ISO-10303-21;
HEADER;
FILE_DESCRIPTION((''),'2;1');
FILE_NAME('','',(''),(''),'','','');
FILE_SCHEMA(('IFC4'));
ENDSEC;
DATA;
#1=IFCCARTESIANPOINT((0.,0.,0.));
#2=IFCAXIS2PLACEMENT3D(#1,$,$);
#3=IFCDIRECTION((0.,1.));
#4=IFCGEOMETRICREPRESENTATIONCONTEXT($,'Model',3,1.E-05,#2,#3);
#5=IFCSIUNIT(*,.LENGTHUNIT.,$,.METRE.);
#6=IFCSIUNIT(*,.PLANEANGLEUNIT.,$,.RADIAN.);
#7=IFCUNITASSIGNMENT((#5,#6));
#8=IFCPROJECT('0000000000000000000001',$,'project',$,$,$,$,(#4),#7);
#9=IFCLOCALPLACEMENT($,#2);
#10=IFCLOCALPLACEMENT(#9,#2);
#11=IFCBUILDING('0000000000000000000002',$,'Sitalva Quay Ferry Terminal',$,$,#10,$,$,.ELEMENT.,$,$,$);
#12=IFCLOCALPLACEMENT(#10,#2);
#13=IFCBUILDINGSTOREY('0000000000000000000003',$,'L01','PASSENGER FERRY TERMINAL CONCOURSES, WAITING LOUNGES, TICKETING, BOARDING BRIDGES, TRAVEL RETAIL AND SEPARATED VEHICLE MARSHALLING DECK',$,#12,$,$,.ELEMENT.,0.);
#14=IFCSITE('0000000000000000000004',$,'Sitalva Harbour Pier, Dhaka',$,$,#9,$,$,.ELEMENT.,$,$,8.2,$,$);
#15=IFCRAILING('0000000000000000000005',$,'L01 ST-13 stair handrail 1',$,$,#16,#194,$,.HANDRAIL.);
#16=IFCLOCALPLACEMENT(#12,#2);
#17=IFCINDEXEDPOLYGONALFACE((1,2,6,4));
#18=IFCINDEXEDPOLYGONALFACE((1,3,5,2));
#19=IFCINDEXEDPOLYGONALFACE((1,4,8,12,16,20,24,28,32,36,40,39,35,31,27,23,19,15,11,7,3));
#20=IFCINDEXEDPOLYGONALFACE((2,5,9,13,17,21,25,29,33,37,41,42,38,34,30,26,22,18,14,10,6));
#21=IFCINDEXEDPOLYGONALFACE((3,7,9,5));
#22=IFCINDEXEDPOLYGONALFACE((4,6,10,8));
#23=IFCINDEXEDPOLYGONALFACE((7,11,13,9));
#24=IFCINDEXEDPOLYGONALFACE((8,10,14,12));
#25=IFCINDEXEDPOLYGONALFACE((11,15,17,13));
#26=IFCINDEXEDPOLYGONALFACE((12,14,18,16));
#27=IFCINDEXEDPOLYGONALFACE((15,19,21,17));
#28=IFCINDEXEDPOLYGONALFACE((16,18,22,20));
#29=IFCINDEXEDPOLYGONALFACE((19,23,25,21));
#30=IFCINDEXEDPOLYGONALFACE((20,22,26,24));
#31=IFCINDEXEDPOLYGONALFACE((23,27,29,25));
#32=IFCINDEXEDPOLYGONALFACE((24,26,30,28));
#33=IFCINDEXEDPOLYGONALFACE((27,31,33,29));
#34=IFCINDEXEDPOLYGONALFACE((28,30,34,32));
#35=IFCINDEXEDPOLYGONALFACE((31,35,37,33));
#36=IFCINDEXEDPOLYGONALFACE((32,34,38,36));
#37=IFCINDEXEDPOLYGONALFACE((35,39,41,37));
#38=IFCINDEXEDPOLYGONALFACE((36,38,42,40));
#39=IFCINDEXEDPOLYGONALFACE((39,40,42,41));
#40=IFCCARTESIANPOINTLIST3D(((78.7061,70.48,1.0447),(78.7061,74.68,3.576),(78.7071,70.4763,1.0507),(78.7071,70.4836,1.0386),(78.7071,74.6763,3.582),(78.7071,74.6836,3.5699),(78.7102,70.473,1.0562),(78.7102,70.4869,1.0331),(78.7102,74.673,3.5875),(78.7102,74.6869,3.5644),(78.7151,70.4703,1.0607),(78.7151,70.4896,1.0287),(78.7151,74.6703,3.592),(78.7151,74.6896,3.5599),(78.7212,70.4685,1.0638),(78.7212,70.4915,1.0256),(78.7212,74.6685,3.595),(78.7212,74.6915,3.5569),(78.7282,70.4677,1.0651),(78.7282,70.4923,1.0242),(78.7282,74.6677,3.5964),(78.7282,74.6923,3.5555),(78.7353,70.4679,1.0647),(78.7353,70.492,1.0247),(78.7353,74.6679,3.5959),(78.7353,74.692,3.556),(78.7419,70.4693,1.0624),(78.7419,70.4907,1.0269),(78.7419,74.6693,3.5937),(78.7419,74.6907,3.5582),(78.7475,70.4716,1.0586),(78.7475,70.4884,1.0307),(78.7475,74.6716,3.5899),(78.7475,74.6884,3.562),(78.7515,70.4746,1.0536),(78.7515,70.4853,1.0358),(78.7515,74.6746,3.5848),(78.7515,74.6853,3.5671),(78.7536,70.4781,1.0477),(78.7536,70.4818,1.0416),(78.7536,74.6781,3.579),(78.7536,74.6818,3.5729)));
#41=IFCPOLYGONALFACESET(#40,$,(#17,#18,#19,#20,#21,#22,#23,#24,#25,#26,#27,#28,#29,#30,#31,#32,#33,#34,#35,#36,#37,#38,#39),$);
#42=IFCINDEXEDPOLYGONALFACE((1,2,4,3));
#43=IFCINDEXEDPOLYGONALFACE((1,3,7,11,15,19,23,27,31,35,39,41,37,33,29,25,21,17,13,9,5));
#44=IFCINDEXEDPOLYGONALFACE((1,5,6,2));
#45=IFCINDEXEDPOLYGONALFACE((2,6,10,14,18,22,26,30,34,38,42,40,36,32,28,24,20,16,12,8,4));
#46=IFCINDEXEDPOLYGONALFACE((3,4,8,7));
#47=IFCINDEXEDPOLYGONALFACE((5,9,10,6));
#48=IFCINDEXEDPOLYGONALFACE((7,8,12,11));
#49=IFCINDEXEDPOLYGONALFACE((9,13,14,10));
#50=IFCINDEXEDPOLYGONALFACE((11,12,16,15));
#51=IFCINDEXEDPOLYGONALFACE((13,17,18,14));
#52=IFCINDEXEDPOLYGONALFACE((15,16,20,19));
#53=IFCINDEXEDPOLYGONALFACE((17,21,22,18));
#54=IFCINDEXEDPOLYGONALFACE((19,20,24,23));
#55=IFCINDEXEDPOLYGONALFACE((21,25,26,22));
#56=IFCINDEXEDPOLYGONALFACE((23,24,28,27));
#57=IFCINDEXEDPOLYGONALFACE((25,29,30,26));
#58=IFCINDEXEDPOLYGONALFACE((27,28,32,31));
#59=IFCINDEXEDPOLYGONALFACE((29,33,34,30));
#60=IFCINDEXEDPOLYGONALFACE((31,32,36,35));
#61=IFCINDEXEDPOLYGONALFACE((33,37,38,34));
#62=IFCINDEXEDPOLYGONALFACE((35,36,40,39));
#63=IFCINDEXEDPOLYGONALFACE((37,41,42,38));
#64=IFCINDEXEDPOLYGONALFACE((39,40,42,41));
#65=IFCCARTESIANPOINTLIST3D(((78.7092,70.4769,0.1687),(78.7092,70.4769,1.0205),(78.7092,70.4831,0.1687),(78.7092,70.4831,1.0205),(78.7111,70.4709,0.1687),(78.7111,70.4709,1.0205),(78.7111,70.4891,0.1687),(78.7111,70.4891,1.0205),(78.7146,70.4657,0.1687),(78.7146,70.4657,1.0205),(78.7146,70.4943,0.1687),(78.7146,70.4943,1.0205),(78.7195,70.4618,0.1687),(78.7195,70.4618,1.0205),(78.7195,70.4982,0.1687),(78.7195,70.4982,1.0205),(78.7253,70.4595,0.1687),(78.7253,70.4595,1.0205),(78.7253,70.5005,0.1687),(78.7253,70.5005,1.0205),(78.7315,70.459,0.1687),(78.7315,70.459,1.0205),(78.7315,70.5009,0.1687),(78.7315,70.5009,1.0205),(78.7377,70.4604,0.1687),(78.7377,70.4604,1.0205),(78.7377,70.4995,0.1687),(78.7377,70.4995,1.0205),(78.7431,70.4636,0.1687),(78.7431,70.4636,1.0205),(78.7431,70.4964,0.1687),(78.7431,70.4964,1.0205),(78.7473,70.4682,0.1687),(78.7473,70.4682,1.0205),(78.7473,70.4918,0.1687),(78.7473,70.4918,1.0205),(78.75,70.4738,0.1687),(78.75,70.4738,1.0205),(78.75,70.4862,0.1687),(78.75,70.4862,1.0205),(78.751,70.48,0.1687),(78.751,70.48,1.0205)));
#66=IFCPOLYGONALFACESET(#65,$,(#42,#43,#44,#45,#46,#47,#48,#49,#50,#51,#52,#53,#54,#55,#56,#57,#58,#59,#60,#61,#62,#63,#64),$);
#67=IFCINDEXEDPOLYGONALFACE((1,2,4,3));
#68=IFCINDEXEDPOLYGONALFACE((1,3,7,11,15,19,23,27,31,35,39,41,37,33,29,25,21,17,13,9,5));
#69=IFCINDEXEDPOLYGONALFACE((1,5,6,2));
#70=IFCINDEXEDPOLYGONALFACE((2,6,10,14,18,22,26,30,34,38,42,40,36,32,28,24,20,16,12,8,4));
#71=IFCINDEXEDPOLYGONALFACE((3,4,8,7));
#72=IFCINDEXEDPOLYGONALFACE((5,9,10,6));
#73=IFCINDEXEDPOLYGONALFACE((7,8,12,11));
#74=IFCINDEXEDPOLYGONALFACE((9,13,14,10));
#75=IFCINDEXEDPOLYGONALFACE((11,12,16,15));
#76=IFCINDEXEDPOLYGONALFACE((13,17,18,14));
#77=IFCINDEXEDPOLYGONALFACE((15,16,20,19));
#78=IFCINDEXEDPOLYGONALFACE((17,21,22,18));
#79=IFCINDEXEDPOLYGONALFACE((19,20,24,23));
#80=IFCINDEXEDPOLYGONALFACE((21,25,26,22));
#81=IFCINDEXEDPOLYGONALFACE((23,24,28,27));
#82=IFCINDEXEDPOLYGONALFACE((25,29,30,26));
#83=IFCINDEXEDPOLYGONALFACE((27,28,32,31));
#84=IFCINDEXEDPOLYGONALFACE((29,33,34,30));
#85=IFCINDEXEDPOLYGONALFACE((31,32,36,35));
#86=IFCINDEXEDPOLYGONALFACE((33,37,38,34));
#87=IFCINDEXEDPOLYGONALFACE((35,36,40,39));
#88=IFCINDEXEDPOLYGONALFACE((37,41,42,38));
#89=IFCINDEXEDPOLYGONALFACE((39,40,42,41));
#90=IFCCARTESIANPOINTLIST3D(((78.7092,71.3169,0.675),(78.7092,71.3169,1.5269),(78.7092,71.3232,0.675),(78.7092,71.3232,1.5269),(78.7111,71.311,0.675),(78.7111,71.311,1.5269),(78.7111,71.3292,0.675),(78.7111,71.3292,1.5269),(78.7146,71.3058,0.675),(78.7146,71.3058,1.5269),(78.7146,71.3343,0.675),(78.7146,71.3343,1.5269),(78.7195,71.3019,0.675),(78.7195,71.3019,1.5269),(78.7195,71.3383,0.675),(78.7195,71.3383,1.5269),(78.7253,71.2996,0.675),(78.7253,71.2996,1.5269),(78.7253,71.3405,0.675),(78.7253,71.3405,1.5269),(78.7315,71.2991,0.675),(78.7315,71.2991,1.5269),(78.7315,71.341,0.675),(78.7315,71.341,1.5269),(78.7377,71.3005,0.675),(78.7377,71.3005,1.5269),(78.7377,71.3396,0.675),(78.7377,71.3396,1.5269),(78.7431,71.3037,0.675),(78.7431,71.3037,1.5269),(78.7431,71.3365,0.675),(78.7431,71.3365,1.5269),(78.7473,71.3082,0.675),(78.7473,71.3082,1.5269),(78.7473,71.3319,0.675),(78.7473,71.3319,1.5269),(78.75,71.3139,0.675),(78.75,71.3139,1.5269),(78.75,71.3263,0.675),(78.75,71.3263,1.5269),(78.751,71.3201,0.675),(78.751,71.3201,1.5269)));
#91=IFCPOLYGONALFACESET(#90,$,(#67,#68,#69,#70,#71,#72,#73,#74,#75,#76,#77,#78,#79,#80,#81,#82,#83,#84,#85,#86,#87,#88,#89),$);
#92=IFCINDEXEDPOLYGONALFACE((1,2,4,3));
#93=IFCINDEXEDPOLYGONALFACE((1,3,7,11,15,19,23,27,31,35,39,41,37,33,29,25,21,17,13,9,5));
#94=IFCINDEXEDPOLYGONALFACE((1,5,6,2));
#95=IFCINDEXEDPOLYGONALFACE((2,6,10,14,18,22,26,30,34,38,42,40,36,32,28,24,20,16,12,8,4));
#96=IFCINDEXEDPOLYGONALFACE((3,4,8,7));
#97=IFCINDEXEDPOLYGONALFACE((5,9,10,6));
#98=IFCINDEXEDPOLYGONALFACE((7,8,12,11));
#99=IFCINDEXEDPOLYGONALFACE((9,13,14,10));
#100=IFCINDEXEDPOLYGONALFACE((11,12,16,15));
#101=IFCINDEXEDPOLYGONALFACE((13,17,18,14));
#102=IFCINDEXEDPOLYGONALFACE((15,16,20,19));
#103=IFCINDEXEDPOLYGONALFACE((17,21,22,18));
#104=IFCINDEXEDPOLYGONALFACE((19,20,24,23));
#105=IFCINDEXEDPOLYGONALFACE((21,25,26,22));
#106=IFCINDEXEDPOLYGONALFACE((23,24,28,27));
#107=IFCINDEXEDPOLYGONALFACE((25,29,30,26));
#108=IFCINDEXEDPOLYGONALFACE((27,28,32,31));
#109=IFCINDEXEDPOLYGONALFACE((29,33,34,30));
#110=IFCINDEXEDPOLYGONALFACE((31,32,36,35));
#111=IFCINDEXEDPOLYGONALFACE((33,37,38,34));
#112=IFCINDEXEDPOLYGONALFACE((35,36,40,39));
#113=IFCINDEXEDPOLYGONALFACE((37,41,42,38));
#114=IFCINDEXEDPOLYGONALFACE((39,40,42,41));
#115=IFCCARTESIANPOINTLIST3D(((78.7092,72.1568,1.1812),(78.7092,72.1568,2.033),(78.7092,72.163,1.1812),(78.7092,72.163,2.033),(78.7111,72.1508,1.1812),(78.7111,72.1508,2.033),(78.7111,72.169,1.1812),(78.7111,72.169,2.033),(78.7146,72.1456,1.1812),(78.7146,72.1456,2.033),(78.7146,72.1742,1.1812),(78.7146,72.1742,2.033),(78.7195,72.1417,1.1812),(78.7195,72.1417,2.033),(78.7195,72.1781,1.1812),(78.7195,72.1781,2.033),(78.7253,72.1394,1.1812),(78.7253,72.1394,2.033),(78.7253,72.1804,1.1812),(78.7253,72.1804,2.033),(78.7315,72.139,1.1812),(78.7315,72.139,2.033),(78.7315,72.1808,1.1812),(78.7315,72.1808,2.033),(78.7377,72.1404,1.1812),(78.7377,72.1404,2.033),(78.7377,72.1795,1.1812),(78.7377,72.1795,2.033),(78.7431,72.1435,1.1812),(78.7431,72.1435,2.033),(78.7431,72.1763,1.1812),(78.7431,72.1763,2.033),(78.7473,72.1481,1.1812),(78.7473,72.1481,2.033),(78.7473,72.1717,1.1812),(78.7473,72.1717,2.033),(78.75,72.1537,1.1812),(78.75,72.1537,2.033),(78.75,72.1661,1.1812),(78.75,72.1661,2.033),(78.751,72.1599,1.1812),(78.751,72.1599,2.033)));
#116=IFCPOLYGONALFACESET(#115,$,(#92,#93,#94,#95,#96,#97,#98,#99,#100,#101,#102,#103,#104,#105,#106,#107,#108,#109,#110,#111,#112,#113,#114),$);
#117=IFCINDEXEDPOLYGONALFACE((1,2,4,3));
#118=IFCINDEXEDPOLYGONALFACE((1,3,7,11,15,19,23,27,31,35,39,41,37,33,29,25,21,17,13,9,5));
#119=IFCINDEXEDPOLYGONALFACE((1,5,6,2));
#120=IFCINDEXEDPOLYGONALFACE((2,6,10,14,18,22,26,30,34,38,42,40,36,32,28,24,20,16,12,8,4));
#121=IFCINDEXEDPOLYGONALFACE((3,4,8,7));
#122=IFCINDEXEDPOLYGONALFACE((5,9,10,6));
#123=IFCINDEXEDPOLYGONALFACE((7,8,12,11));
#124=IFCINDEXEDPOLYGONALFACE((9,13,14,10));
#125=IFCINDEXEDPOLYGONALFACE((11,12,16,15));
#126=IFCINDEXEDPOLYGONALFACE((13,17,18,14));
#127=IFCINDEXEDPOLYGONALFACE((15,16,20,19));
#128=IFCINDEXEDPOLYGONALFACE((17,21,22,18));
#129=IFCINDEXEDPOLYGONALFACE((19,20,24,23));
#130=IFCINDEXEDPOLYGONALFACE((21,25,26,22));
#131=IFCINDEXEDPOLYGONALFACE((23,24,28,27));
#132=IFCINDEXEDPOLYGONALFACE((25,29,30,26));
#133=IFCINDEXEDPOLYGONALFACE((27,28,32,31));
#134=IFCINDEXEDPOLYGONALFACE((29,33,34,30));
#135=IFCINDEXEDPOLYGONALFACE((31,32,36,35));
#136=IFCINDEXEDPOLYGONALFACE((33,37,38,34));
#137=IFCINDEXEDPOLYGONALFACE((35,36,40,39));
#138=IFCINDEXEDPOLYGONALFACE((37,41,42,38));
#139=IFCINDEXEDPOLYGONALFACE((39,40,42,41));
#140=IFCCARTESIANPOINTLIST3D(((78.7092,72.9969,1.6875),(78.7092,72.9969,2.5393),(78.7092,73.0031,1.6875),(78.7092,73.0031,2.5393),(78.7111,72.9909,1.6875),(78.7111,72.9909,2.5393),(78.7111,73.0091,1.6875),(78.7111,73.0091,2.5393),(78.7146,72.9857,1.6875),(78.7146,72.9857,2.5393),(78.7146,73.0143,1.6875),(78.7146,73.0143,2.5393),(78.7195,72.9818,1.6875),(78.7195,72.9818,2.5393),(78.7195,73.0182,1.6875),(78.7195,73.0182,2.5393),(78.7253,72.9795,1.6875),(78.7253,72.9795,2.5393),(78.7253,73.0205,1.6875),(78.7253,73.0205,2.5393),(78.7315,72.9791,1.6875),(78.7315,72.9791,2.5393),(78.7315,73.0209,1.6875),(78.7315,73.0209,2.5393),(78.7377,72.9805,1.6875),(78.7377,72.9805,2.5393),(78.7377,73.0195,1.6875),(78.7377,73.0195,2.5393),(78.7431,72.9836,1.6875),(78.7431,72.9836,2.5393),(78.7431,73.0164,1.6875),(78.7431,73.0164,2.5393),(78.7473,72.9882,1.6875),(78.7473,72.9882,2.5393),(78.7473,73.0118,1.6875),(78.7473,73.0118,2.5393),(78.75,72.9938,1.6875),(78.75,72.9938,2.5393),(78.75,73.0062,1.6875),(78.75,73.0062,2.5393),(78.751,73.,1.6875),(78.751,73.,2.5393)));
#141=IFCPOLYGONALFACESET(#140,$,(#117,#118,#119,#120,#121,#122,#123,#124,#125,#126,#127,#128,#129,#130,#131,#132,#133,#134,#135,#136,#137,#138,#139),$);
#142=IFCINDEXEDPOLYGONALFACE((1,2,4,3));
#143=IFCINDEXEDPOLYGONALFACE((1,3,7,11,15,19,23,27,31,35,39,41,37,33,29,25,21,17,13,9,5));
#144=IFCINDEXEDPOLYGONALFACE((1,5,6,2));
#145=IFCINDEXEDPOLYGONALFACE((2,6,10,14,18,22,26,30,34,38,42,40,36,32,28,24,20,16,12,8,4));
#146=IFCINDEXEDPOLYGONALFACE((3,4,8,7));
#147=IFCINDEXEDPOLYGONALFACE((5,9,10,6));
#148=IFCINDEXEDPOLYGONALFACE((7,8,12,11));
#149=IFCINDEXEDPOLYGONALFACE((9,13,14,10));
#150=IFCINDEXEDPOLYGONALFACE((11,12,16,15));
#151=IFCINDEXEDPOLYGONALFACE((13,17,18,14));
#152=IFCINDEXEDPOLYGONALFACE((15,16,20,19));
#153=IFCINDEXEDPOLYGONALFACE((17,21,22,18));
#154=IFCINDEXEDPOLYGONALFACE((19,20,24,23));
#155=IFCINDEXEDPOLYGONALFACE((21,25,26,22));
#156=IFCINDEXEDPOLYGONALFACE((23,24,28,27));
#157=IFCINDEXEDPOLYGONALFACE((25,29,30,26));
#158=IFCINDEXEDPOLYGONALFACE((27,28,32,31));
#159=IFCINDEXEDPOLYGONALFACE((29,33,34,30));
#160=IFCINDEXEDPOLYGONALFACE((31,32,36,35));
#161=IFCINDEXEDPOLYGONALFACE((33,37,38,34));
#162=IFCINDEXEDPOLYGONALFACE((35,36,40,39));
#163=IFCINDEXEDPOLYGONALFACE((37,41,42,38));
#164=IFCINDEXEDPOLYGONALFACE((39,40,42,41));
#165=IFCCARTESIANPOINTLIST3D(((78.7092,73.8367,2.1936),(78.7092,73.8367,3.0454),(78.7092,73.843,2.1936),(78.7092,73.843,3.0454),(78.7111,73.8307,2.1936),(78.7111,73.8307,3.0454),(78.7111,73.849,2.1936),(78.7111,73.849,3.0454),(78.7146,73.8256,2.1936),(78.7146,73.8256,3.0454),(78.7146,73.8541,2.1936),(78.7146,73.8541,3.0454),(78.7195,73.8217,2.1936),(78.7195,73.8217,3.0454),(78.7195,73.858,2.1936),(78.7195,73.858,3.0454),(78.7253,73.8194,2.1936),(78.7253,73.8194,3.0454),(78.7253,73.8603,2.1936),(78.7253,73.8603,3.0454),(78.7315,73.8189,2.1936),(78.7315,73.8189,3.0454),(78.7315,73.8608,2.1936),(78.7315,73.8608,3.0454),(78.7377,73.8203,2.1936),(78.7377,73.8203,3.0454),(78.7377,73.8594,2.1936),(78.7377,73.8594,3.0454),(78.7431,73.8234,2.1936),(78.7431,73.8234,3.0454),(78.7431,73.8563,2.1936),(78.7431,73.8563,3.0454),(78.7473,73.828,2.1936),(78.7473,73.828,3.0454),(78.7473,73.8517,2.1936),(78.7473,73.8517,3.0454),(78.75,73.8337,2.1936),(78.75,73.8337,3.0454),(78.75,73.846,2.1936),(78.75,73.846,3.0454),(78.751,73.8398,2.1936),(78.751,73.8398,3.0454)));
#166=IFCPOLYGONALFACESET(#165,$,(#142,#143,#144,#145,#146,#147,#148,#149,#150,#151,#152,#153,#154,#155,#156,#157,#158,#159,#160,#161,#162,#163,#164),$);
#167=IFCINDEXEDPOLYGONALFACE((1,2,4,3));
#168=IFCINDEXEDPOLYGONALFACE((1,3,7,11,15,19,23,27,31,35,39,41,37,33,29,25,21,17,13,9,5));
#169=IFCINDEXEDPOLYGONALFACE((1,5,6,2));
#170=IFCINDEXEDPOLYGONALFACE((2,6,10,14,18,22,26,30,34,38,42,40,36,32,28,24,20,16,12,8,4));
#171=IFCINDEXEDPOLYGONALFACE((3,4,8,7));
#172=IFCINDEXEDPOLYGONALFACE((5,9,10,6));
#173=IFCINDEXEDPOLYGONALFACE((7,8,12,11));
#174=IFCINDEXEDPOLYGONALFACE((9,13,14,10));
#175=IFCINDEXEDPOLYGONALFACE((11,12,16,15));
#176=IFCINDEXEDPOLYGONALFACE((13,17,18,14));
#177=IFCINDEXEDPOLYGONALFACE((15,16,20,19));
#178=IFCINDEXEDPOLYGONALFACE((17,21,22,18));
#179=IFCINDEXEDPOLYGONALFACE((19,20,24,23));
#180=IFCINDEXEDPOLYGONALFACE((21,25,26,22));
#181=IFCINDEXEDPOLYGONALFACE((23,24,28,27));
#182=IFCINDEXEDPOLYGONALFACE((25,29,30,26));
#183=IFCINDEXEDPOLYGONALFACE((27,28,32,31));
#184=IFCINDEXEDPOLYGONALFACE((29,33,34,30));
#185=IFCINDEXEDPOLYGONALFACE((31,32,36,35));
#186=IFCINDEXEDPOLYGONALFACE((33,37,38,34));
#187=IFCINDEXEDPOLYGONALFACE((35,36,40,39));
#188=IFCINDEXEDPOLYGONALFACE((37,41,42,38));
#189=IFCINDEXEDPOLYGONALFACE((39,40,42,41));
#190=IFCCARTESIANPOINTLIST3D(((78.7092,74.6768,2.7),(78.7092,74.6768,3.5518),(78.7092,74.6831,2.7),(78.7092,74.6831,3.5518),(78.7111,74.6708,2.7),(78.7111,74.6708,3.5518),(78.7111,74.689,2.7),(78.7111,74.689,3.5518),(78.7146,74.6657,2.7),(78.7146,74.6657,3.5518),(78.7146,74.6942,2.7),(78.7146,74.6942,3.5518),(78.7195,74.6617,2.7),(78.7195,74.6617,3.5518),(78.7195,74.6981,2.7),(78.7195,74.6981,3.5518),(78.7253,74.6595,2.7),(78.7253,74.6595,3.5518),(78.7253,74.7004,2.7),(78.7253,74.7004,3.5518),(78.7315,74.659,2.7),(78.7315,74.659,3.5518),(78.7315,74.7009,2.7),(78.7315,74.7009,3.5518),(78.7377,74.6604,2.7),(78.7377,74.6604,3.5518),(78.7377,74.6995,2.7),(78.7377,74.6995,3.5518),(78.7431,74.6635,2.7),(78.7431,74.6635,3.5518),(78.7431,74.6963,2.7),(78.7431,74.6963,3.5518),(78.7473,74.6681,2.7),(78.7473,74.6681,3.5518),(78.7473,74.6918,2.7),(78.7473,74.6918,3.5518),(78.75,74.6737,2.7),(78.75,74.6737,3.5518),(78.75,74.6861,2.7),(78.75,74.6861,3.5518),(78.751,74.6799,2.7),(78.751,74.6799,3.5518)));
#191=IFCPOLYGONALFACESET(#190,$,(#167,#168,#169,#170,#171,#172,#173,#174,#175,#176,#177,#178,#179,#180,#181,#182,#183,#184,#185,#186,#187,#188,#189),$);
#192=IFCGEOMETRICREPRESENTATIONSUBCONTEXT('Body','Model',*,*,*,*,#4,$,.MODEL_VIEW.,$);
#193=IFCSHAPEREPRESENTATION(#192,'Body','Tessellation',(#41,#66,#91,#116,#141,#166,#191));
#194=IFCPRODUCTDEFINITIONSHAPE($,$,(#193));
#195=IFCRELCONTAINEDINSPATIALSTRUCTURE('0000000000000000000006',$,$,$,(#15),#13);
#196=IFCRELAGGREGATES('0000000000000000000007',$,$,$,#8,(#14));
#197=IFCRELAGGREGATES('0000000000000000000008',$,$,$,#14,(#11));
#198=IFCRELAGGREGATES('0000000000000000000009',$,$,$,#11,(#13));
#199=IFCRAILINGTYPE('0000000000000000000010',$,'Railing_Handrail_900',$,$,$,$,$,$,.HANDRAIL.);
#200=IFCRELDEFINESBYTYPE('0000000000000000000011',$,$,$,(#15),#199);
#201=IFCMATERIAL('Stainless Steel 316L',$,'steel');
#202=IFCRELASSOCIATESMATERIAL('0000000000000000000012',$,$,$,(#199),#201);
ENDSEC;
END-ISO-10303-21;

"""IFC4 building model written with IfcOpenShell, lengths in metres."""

from ifc_helpers import new_model, si_unit, direction, frame, origin, origin_2d, place, context, subcontext, project, spatial, circle, extrude, material, type_object, element, save


model = new_model("IFC4")

# Units and contexts
model_context = context("Model", 3, precision=1e-05, world=origin(), true_north=direction((0.0, 1.0)))
body_context = subcontext(model_context, "Body", "Model", "MODEL_VIEW")
ifc_project = project(units=[si_unit("LENGTHUNIT", "METRE"), si_unit("PLANEANGLEUNIT", "RADIAN")], contexts=[model_context])

# Site, building, storey
site_placement = place(None, origin())
site = spatial("IfcSite", under=ifc_project, at=site_placement, Name="Sitalva Harbour Pier, Dhaka", CompositionType="ELEMENT", RefElevation=8.2)
building_placement = place(site_placement, origin())
building = spatial("IfcBuilding", under=site, at=building_placement, Name="Sitalva Quay Ferry Terminal", CompositionType="ELEMENT")
storey_placement = place(building_placement, origin())
storey = spatial("IfcBuildingStorey", under=building, at=storey_placement, Name="L01", Description="PASSENGER FERRY TERMINAL CONCOURSES, WAITING LOUNGES, TICKETING, BOARDING BRIDGES, TRAVEL RETAIL AND SEPARATED VEHICLE MARSHALLING DECK", CompositionType="ELEMENT", Elevation=0.0)

# Railing
ifc_material_1 = material(Name="Stainless Steel 316L", Category="steel")
railing_type_1 = type_object("IfcRailingType", Name="Railing_Handrail_900", PredefinedType="HANDRAIL", material=ifc_material_1)
railing_1_placement = place(storey_placement, frame((78.73, 70.48, 0.1687)))
element("IfcRailing", 1, at=railing_1_placement, inside=storey, type_object=railing_type_1, Name="L01 ST-13 stair handrail 1", PredefinedType="HANDRAIL", context=body_context, shape_type="SweptSolid", body=[
    extrude(circle(Radius=0.0239, at=origin_2d()), frame((0.0, 0.0, 0.876), z_axis=(0.0, 0.856476, 0.516186), x_axis=(-1.0, 0.0, 0.0)), (0.0, 0.0, 1.0), 4.9038),
    extrude(circle(Radius=0.021, at=origin_2d()), origin(), (0.0, 0.0, 1.0), 0.8518),
    extrude(circle(Radius=0.021, at=origin_2d()), frame((0.0, 0.8401, 0.5063)), (0.0, 0.0, 1.0), 0.8518),
    extrude(circle(Radius=0.021, at=origin_2d()), frame((0.0, 1.6799, 1.0125)), (0.0, 0.0, 1.0), 0.8518),
    extrude(circle(Radius=0.021, at=origin_2d()), frame((0.0, 2.52, 1.5188)), (0.0, 0.0, 1.0), 0.8518),
    extrude(circle(Radius=0.021, at=origin_2d()), frame((0.0, 3.3599, 2.0249)), (0.0, 0.0, 1.0), 0.8518),
    extrude(circle(Radius=0.021, at=origin_2d()), frame((0.0, 4.2, 2.5312)), (0.0, 0.0, 1.0), 0.8518),
])

save(model, "model.ifc")
